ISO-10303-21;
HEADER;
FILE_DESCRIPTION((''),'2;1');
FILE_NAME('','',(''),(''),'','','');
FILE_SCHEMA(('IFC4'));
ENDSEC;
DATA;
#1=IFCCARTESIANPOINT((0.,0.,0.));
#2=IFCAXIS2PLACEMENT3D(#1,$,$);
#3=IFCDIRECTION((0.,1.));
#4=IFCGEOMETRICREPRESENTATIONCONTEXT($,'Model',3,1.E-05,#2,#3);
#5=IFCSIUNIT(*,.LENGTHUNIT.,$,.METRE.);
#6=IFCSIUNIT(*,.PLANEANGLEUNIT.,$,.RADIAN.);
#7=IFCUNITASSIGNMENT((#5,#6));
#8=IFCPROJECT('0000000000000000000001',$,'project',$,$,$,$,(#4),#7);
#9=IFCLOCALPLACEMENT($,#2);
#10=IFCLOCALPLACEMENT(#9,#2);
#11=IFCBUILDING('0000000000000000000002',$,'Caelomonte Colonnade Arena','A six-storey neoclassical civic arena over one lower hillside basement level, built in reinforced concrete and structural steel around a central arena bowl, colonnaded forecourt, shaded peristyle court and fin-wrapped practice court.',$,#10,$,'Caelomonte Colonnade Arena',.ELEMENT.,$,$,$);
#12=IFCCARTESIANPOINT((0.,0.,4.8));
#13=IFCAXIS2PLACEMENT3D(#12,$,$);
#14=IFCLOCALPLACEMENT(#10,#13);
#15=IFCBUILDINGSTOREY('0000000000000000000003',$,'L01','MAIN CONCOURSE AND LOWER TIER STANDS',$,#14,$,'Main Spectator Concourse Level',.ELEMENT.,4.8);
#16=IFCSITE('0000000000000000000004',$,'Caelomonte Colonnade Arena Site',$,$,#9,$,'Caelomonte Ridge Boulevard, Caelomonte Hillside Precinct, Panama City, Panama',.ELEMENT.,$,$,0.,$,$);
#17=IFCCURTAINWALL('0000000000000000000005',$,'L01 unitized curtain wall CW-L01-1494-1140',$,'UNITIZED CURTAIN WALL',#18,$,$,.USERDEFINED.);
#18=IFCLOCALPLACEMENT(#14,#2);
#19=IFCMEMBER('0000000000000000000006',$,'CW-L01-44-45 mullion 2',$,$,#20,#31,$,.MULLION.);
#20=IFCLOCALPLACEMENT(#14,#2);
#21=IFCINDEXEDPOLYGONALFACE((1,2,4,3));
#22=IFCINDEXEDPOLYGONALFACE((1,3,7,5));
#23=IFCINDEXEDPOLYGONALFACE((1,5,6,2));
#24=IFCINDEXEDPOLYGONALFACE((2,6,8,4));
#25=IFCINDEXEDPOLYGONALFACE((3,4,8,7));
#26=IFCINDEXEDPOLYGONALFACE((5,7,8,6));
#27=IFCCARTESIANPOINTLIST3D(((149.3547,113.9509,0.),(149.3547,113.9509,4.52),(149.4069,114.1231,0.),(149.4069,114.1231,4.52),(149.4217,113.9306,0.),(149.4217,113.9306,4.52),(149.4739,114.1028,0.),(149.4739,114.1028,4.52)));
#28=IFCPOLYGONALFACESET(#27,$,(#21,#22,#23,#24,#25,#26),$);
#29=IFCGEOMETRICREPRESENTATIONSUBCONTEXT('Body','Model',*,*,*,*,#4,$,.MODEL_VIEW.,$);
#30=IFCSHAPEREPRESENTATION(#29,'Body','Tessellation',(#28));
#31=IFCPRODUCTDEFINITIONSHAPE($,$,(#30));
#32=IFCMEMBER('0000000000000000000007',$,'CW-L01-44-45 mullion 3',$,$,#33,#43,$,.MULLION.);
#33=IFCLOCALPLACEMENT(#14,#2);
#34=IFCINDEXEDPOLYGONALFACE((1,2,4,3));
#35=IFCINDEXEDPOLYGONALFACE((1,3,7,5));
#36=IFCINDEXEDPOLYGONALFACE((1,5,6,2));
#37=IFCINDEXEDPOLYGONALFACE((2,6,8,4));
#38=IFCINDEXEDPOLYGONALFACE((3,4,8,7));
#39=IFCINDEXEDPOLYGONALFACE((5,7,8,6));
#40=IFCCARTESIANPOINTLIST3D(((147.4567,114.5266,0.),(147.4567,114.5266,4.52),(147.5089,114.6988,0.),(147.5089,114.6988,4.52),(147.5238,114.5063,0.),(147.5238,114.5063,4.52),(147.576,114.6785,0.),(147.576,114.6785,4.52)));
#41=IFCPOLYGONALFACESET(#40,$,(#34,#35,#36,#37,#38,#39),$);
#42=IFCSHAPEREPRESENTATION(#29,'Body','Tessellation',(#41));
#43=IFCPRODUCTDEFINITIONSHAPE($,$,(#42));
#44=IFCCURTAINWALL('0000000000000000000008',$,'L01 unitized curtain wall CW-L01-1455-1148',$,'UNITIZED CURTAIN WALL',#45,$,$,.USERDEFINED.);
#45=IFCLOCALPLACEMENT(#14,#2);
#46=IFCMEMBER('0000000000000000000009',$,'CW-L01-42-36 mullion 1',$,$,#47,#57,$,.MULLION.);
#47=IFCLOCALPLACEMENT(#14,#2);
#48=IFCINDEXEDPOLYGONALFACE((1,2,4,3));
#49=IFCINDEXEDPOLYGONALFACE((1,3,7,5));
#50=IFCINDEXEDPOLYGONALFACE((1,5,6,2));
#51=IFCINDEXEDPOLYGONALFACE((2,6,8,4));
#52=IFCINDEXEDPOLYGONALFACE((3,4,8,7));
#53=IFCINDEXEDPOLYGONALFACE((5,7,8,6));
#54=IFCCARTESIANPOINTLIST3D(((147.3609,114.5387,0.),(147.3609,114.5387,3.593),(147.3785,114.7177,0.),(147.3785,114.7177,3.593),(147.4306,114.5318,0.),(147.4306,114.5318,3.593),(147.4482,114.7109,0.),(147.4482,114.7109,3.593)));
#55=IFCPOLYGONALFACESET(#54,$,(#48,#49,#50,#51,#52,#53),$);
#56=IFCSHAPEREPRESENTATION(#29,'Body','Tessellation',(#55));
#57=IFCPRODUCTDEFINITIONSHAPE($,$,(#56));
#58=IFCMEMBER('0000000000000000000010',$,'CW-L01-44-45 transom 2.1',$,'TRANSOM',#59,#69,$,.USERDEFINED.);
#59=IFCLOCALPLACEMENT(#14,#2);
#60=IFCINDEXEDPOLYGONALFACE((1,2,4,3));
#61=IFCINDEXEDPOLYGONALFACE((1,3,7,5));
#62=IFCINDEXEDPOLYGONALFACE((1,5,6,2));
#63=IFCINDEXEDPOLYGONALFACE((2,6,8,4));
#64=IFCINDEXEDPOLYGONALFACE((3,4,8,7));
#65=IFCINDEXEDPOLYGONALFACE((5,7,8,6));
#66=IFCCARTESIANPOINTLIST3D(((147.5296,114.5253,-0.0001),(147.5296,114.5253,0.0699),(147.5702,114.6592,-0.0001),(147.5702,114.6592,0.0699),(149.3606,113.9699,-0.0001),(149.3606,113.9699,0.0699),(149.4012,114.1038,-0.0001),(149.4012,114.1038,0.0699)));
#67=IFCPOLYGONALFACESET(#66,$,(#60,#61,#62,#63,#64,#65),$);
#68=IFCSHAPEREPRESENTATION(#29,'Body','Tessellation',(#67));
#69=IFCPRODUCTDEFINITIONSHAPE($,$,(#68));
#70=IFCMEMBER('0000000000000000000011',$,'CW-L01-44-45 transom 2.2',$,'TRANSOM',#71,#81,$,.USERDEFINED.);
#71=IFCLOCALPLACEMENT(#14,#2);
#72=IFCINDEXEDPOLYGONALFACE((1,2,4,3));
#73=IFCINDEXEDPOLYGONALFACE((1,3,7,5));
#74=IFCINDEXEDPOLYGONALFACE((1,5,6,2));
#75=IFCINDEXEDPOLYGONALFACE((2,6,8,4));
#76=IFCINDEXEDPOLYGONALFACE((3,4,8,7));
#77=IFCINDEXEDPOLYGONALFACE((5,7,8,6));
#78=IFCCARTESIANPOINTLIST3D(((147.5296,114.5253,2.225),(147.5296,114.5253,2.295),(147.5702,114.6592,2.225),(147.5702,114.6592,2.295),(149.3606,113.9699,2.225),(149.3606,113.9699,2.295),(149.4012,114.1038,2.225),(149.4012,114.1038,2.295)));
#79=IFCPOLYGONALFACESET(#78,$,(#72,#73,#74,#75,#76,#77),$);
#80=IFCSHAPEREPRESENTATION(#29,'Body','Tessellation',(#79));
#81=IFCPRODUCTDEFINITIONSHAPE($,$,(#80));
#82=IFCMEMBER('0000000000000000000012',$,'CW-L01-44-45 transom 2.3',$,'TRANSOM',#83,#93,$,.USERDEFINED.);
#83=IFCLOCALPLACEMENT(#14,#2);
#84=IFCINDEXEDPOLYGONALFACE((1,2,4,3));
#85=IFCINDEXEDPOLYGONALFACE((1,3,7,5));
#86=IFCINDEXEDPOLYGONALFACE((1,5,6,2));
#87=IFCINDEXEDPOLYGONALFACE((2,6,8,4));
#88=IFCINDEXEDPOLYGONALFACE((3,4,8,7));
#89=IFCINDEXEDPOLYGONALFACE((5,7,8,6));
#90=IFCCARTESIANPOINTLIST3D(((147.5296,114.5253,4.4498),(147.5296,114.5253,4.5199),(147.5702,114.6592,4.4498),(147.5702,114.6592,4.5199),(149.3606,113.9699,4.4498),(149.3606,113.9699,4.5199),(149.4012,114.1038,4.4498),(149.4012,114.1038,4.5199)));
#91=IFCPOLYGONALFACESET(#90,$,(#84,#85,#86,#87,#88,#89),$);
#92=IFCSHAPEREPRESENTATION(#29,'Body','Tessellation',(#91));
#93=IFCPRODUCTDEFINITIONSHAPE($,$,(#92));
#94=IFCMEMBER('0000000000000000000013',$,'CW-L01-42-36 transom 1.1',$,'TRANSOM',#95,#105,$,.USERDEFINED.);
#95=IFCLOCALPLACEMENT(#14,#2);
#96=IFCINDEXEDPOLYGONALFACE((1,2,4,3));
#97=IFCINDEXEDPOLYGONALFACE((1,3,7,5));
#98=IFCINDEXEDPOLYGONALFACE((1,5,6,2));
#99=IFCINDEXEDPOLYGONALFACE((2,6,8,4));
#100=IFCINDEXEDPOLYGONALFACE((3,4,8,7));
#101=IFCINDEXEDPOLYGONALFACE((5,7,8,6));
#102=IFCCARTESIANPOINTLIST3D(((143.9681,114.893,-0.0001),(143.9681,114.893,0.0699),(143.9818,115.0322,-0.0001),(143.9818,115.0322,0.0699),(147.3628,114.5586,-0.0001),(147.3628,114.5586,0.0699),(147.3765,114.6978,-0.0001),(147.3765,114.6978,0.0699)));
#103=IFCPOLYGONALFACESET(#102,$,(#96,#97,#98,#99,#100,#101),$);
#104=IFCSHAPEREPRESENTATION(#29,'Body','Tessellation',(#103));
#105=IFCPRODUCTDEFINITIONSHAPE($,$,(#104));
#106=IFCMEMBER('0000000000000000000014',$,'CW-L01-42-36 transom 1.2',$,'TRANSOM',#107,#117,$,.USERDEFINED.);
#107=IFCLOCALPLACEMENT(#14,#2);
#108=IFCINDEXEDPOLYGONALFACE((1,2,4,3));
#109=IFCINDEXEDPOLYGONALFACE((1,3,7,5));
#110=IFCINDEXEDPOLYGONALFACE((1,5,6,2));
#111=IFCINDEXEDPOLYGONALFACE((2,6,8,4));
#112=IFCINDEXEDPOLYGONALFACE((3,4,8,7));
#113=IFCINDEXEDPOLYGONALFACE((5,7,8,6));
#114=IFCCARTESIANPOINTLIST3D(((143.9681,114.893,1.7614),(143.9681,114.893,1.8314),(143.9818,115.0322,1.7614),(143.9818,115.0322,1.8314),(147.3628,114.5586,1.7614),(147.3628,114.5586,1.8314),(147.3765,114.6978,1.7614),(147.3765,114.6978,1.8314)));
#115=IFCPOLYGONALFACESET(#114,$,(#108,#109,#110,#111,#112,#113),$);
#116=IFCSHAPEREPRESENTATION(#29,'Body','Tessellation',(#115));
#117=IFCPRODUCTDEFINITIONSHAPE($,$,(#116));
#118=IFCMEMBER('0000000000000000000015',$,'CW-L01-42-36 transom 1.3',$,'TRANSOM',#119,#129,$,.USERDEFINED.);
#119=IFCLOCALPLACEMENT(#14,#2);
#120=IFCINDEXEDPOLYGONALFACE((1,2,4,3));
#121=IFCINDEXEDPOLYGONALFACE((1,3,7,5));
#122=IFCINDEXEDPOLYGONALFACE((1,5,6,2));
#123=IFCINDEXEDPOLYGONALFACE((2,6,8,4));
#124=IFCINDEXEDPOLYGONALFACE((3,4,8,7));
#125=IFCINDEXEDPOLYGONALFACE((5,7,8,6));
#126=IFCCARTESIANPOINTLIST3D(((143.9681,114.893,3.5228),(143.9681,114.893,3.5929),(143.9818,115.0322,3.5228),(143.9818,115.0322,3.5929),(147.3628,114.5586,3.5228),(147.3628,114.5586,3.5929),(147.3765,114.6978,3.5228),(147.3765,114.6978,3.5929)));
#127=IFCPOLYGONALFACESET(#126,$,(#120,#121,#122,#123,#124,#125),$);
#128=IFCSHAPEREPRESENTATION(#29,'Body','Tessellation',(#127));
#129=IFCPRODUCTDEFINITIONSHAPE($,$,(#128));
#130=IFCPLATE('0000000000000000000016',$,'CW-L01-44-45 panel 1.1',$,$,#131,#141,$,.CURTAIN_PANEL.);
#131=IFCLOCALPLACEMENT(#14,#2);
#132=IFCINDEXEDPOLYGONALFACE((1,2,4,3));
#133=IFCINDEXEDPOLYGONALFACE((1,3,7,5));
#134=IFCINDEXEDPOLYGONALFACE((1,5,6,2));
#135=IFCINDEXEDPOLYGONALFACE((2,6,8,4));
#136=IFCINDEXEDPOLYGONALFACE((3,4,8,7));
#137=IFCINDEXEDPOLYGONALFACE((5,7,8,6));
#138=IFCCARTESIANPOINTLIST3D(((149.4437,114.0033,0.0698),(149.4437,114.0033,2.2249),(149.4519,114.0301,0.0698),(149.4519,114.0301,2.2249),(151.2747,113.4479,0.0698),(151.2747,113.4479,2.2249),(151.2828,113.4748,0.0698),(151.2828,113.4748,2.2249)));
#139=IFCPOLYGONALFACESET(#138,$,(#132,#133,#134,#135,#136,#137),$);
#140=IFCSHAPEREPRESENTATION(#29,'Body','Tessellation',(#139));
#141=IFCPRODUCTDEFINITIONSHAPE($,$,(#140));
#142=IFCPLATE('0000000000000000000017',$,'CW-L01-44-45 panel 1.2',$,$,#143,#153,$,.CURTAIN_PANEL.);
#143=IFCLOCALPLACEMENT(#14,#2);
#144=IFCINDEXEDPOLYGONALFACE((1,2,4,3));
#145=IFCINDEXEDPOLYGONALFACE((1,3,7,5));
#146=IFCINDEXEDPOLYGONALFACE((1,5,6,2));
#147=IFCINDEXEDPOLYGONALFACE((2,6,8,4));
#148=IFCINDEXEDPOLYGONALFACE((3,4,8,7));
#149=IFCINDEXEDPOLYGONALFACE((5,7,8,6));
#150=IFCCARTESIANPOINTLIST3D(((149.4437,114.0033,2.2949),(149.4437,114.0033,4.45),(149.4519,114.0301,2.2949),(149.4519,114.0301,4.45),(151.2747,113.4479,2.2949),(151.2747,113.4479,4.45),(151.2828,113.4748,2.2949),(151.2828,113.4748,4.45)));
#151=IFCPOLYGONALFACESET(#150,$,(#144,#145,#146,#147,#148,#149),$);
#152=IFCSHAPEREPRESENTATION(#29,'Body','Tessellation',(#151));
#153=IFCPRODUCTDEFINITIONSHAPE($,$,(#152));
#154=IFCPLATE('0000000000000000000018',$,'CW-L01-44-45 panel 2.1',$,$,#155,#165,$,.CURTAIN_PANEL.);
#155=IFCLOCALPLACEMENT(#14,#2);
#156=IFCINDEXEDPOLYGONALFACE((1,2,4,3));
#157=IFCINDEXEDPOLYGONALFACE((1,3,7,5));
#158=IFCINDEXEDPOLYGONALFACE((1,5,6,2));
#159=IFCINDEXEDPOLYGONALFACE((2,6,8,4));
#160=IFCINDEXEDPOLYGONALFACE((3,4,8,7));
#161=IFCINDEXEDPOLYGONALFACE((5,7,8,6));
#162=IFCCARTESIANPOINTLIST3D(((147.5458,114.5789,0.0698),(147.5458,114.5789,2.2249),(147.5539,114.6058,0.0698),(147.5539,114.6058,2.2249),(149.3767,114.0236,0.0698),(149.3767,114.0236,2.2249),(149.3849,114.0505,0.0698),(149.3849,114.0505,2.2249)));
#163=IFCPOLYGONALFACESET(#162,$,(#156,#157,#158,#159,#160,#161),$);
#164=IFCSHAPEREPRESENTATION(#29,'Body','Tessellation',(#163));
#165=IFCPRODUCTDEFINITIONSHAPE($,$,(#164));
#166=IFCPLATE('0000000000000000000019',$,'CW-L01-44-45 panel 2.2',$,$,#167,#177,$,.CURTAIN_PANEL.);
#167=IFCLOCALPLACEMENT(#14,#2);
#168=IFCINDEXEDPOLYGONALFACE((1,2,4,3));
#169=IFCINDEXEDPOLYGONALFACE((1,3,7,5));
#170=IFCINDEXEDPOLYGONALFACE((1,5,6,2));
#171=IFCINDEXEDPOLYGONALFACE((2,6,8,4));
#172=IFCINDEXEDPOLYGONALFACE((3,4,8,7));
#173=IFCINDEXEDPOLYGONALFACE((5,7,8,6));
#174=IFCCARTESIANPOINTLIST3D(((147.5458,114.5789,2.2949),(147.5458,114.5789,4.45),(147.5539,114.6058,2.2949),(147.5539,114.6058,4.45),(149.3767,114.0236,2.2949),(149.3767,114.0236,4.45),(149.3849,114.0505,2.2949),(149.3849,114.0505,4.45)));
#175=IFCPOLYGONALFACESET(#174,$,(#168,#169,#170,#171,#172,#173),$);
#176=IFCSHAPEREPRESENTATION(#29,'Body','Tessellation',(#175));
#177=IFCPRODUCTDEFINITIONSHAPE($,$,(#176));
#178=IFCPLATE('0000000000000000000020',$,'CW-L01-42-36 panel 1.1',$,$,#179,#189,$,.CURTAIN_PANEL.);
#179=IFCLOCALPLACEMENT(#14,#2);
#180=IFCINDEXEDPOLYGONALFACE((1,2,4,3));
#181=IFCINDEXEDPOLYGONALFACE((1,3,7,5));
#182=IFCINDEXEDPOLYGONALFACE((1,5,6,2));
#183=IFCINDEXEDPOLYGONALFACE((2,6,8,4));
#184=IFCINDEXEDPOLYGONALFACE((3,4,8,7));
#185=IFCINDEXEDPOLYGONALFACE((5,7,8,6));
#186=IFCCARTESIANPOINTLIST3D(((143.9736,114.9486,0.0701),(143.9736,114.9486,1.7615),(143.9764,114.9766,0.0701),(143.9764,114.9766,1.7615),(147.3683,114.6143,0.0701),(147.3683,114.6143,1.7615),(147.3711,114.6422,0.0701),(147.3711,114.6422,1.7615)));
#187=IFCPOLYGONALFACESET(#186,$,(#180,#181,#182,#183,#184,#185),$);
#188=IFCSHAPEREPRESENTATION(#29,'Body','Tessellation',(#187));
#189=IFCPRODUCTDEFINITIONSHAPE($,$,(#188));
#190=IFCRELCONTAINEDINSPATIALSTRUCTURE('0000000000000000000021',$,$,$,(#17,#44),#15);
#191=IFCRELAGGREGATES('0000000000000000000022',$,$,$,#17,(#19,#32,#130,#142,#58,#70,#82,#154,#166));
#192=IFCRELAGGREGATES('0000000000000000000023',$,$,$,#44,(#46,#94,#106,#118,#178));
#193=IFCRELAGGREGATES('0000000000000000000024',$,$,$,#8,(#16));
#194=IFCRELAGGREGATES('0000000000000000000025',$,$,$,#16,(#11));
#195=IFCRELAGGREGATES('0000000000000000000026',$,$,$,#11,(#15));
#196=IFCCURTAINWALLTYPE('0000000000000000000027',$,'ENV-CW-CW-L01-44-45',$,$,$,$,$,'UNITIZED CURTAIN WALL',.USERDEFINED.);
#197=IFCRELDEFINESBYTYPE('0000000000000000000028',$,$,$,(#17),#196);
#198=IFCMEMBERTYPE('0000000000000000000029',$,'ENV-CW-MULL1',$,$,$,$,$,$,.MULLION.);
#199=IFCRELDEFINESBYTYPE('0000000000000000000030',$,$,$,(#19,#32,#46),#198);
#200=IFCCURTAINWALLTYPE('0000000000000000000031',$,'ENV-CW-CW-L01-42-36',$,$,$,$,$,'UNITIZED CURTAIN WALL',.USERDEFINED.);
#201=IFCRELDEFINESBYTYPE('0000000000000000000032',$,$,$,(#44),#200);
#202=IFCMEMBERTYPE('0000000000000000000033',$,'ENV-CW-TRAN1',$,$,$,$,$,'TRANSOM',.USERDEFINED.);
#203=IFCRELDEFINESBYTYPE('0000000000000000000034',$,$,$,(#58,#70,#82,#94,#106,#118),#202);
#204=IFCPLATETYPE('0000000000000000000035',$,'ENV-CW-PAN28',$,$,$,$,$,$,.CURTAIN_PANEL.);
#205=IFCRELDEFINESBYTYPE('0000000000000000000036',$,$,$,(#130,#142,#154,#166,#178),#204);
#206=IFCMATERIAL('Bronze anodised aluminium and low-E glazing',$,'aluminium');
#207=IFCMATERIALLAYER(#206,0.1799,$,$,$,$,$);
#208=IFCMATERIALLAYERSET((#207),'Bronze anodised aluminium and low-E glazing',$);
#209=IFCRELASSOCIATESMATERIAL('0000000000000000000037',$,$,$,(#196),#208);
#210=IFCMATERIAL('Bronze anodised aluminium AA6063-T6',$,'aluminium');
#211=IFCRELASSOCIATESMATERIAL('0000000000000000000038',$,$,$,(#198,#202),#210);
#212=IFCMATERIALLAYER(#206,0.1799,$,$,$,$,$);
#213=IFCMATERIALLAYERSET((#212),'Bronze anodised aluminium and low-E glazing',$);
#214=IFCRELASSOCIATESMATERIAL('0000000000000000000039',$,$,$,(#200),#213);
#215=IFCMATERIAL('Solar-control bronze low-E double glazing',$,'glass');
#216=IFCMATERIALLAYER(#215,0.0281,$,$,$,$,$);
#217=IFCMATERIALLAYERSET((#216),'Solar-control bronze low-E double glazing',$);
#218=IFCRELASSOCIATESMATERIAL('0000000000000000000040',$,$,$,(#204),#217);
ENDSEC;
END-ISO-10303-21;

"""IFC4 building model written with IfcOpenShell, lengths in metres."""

from ifc_helpers import new_model, si_unit, direction, frame, origin, origin_2d, place, context, subcontext, project, spatial, rectangle, extrude, material, layer, layer_set, material_profile, profile_set, type_object, element, aggregate, save


model = new_model("IFC4")

# Units and contexts
model_context = context("Model", 3, precision=1e-05, world=origin(), true_north=direction((0.0, 1.0)))
body_context = subcontext(model_context, "Body", "Model", "MODEL_VIEW")
ifc_project = project(units=[si_unit("LENGTHUNIT", "METRE"), si_unit("PLANEANGLEUNIT", "RADIAN")], contexts=[model_context])

# Site, building, storey
site_placement = place(None, origin())
site = spatial("IfcSite", under=ifc_project, at=site_placement, Name="Caelomonte Colonnade Arena Site", LongName="Caelomonte Ridge Boulevard, Caelomonte Hillside Precinct, Panama City, Panama", CompositionType="ELEMENT", RefElevation=0.0)
building_placement = place(site_placement, origin())
building = spatial("IfcBuilding", under=site, at=building_placement, Name="Caelomonte Colonnade Arena", Description="A six-storey neoclassical civic arena over one lower hillside basement level, built in reinforced concrete and structural steel around a central arena bowl, colonnaded forecourt, shaded peristyle court and fin-wrapped practice court.", LongName="Caelomonte Colonnade Arena", CompositionType="ELEMENT")
storey_placement = place(building_placement, frame((0.0, 0.0, 4.8)))
storey = spatial("IfcBuildingStorey", under=building, at=storey_placement, Name="L01", Description="MAIN CONCOURSE AND LOWER TIER STANDS", LongName="Main Spectator Concourse Level", CompositionType="ELEMENT", Elevation=4.8)

# Curtain wall, members
ifc_material_1 = material(Name="Bronze anodised aluminium and low-E glazing", Category="aluminium")
ifc_layer_1 = layer(ifc_material_1, 0.1799)
ifc_layer_set_1 = layer_set([ifc_layer_1], Name="Bronze anodised aluminium and low-E glazing")
curtain_wall_type_1 = type_object("IfcCurtainWallType", Name="ENV-CW-CW-L01-44-45", ElementType="UNITIZED CURTAIN WALL", PredefinedType="USERDEFINED", material=ifc_layer_set_1)
curtain_wall_1_placement = place(storey_placement, origin())
curtain_wall_1 = element("IfcCurtainWall", 1, at=curtain_wall_1_placement, inside=storey, type_object=curtain_wall_type_1, Name="L01 unitized curtain wall CW-L01-1494-1140", ObjectType="UNITIZED CURTAIN WALL", PredefinedType="USERDEFINED")
ifc_material_2 = material(Name="Bronze anodised aluminium AA6063-T6", Category="aluminium")
ifc_material_profile_1 = material_profile(ifc_material_2, rectangle(XDim=0.0701, YDim=0.1799, at=origin_2d()), Name="CWM-70X180")
ifc_profile_set_1 = profile_set([ifc_material_profile_1], Name="Bronze anodised aluminium AA6063-T6")
member_type_1 = type_object("IfcMemberType", Name="ENV-CW-MULL1", PredefinedType="MULLION", material=ifc_profile_set_1)
member_1_placement = place(storey_placement, frame((149.4143, 114.0269, 0.0), z_axis=(0.0, 0.0, 1.0), x_axis=(-0.956949, 0.290256, 0.0)))
member_1 = element("IfcMember", 2, at=member_1_placement, type_object=member_type_1, Name="CW-L01-44-45 mullion 2", PredefinedType="MULLION", context=body_context, shape_type="SweptSolid", body=[
    extrude(rectangle(XDim=0.0701, YDim=0.1799, at=origin_2d()), origin(), (0.0, 0.0, 1.0), 4.52),
])
member_2_placement = place(storey_placement, frame((147.5164, 114.6025, 0.0), z_axis=(0.0, 0.0, 1.0), x_axis=(-0.956949, 0.290256, 0.0)))
member_2 = element("IfcMember", 3, at=member_2_placement, type_object=member_type_1, Name="CW-L01-44-45 mullion 3", PredefinedType="MULLION", context=body_context, shape_type="SweptSolid", body=[
    extrude(rectangle(XDim=0.0701, YDim=0.1799, at=origin_2d()), origin(), (0.0, 0.0, 1.0), 4.52),
])

# Curtain wall, member
ifc_layer_2 = layer(ifc_material_1, 0.1799)
ifc_layer_set_2 = layer_set([ifc_layer_2], Name="Bronze anodised aluminium and low-E glazing")
curtain_wall_type_2 = type_object("IfcCurtainWallType", Name="ENV-CW-CW-L01-42-36", ElementType="UNITIZED CURTAIN WALL", PredefinedType="USERDEFINED", material=ifc_layer_set_2)
curtain_wall_2_placement = place(storey_placement, origin())
curtain_wall_2 = element("IfcCurtainWall", 4, at=curtain_wall_2_placement, inside=storey, type_object=curtain_wall_type_2, Name="L01 unitized curtain wall CW-L01-1455-1148", ObjectType="UNITIZED CURTAIN WALL", PredefinedType="USERDEFINED")
member_3_placement = place(storey_placement, frame((147.4045, 114.6248, 0.0), z_axis=(0.0, 0.0, 1.0), x_axis=(-0.995184, 0.098023, 0.0)))
member_3 = element("IfcMember", 5, at=member_3_placement, type_object=member_type_1, Name="CW-L01-42-36 mullion 1", PredefinedType="MULLION", context=body_context, shape_type="SweptSolid", body=[
    extrude(rectangle(XDim=0.0701, YDim=0.1799, at=origin_2d()), origin(), (0.0, 0.0, 1.0), 3.593),
])

# Members
ifc_material_profile_2 = material_profile(ifc_material_2, rectangle(XDim=0.0701, YDim=0.1399, at=origin_2d()), Name="CWT-70X140")
ifc_profile_set_2 = profile_set([ifc_material_profile_2], Name="Bronze anodised aluminium AA6063-T6")
member_type_2 = type_object("IfcMemberType", Name="ENV-CW-TRAN1", ElementType="TRANSOM", PredefinedType="USERDEFINED", material=ifc_profile_set_2)
member_4_placement = place(storey_placement, frame((149.3809, 114.0369, 0.0349), z_axis=(-0.956944, 0.290273, 0.0), x_axis=(0.0, 0.0, 1.0)))
member_4 = element("IfcMember", 6, at=member_4_placement, type_object=member_type_2, Name="CW-L01-44-45 transom 2.1", ObjectType="TRANSOM", PredefinedType="USERDEFINED", context=body_context, shape_type="SweptSolid", body=[
    extrude(rectangle(XDim=0.0701, YDim=0.1399, at=origin_2d()), origin(), (0.0, 0.0, 1.0), 1.9133),
])
member_5_placement = place(storey_placement, frame((149.3809, 114.0369, 2.26), z_axis=(-0.956944, 0.290273, 0.0), x_axis=(0.0, 0.0, 1.0)))
member_5 = element("IfcMember", 7, at=member_5_placement, type_object=member_type_2, Name="CW-L01-44-45 transom 2.2", ObjectType="TRANSOM", PredefinedType="USERDEFINED", context=body_context, shape_type="SweptSolid", body=[
    extrude(rectangle(XDim=0.0701, YDim=0.1399, at=origin_2d()), origin(), (0.0, 0.0, 1.0), 1.9133),
])
member_6_placement = place(storey_placement, frame((149.3809, 114.0369, 4.4849), z_axis=(-0.956944, 0.290273, 0.0), x_axis=(0.0, 0.0, 1.0)))
member_6 = element("IfcMember", 8, at=member_6_placement, type_object=member_type_2, Name="CW-L01-44-45 transom 2.3", ObjectType="TRANSOM", PredefinedType="USERDEFINED", context=body_context, shape_type="SweptSolid", body=[
    extrude(rectangle(XDim=0.0701, YDim=0.1399, at=origin_2d()), origin(), (0.0, 0.0, 1.0), 1.9133),
])
member_7_placement = place(storey_placement, frame((147.3696, 114.6282, 0.0349), z_axis=(-0.995181, 0.098051, 0.0), x_axis=(0.0, 0.0, 1.0)))
member_7 = element("IfcMember", 9, at=member_7_placement, type_object=member_type_2, Name="CW-L01-42-36 transom 1.1", ObjectType="TRANSOM", PredefinedType="USERDEFINED", context=body_context, shape_type="SweptSolid", body=[
    extrude(rectangle(XDim=0.0701, YDim=0.1399, at=origin_2d()), origin(), (0.0, 0.0, 1.0), 3.4111),
])
member_8_placement = place(storey_placement, frame((147.3696, 114.6282, 1.7964), z_axis=(-0.995181, 0.098051, 0.0), x_axis=(0.0, 0.0, 1.0)))
member_8 = element("IfcMember", 10, at=member_8_placement, type_object=member_type_2, Name="CW-L01-42-36 transom 1.2", ObjectType="TRANSOM", PredefinedType="USERDEFINED", context=body_context, shape_type="SweptSolid", body=[
    extrude(rectangle(XDim=0.0701, YDim=0.1399, at=origin_2d()), origin(), (0.0, 0.0, 1.0), 3.4111),
])
member_9_placement = place(storey_placement, frame((147.3696, 114.6282, 3.5579), z_axis=(-0.995181, 0.098051, 0.0), x_axis=(0.0, 0.0, 1.0)))
member_9 = element("IfcMember", 11, at=member_9_placement, type_object=member_type_2, Name="CW-L01-42-36 transom 1.3", ObjectType="TRANSOM", PredefinedType="USERDEFINED", context=body_context, shape_type="SweptSolid", body=[
    extrude(rectangle(XDim=0.0701, YDim=0.1399, at=origin_2d()), origin(), (0.0, 0.0, 1.0), 3.4111),
])

# Plates
ifc_material_3 = material(Name="Solar-control bronze low-E double glazing", Category="glass")
ifc_layer_3 = layer(ifc_material_3, 0.0281)
ifc_layer_set_3 = layer_set([ifc_layer_3], Name="Solar-control bronze low-E double glazing")
plate_type = type_object("IfcPlateType", Name="ENV-CW-PAN28", PredefinedType="CURTAIN_PANEL", material=ifc_layer_set_3)
plate_1_placement = place(storey_placement, frame((150.3633, 113.739, 0.0698), z_axis=(0.0, 0.0, 1.0), x_axis=(-0.956949, 0.290256, 0.0)))
plate_1 = element("IfcPlate", 12, at=plate_1_placement, type_object=plate_type, Name="CW-L01-44-45 panel 1.1", PredefinedType="CURTAIN_PANEL", context=body_context, shape_type="SweptSolid", body=[
    extrude(rectangle(XDim=1.9133, YDim=0.0281, at=origin_2d()), origin(), (0.0, 0.0, 1.0), 2.155),
])
plate_2_placement = place(storey_placement, frame((150.3633, 113.739, 2.2949), z_axis=(0.0, 0.0, 1.0), x_axis=(-0.956949, 0.290256, 0.0)))
plate_2 = element("IfcPlate", 13, at=plate_2_placement, type_object=plate_type, Name="CW-L01-44-45 panel 1.2", PredefinedType="CURTAIN_PANEL", context=body_context, shape_type="SweptSolid", body=[
    extrude(rectangle(XDim=1.9133, YDim=0.0281, at=origin_2d()), origin(), (0.0, 0.0, 1.0), 2.155),
])
plate_3_placement = place(storey_placement, frame((148.4653, 114.3147, 0.0698), z_axis=(0.0, 0.0, 1.0), x_axis=(-0.956949, 0.290256, 0.0)))
plate_3 = element("IfcPlate", 14, at=plate_3_placement, type_object=plate_type, Name="CW-L01-44-45 panel 2.1", PredefinedType="CURTAIN_PANEL", context=body_context, shape_type="SweptSolid", body=[
    extrude(rectangle(XDim=1.9133, YDim=0.0281, at=origin_2d()), origin(), (0.0, 0.0, 1.0), 2.155),
])
plate_4_placement = place(storey_placement, frame((148.4653, 114.3147, 2.2949), z_axis=(0.0, 0.0, 1.0), x_axis=(-0.956949, 0.290256, 0.0)))
plate_4 = element("IfcPlate", 15, at=plate_4_placement, type_object=plate_type, Name="CW-L01-44-45 panel 2.2", PredefinedType="CURTAIN_PANEL", context=body_context, shape_type="SweptSolid", body=[
    extrude(rectangle(XDim=1.9133, YDim=0.0281, at=origin_2d()), origin(), (0.0, 0.0, 1.0), 2.155),
])
aggregate(curtain_wall_1, [member_1, member_2, plate_1, plate_2, member_4, member_5, member_6, plate_3, plate_4])
plate_5_placement = place(storey_placement, frame((145.6724, 114.7954, 0.0701), z_axis=(0.0, 0.0, 1.0), x_axis=(-0.995184, 0.098023, 0.0)))
plate_5 = element("IfcPlate", 16, at=plate_5_placement, type_object=plate_type, Name="CW-L01-42-36 panel 1.1", PredefinedType="CURTAIN_PANEL", context=body_context, shape_type="SweptSolid", body=[
    extrude(rectangle(XDim=3.4111, YDim=0.0281, at=origin_2d()), origin(), (0.0, 0.0, 1.0), 1.6914),
])
aggregate(curtain_wall_2, [member_3, member_7, member_8, member_9, plate_5])

save(model, "model.ifc")
